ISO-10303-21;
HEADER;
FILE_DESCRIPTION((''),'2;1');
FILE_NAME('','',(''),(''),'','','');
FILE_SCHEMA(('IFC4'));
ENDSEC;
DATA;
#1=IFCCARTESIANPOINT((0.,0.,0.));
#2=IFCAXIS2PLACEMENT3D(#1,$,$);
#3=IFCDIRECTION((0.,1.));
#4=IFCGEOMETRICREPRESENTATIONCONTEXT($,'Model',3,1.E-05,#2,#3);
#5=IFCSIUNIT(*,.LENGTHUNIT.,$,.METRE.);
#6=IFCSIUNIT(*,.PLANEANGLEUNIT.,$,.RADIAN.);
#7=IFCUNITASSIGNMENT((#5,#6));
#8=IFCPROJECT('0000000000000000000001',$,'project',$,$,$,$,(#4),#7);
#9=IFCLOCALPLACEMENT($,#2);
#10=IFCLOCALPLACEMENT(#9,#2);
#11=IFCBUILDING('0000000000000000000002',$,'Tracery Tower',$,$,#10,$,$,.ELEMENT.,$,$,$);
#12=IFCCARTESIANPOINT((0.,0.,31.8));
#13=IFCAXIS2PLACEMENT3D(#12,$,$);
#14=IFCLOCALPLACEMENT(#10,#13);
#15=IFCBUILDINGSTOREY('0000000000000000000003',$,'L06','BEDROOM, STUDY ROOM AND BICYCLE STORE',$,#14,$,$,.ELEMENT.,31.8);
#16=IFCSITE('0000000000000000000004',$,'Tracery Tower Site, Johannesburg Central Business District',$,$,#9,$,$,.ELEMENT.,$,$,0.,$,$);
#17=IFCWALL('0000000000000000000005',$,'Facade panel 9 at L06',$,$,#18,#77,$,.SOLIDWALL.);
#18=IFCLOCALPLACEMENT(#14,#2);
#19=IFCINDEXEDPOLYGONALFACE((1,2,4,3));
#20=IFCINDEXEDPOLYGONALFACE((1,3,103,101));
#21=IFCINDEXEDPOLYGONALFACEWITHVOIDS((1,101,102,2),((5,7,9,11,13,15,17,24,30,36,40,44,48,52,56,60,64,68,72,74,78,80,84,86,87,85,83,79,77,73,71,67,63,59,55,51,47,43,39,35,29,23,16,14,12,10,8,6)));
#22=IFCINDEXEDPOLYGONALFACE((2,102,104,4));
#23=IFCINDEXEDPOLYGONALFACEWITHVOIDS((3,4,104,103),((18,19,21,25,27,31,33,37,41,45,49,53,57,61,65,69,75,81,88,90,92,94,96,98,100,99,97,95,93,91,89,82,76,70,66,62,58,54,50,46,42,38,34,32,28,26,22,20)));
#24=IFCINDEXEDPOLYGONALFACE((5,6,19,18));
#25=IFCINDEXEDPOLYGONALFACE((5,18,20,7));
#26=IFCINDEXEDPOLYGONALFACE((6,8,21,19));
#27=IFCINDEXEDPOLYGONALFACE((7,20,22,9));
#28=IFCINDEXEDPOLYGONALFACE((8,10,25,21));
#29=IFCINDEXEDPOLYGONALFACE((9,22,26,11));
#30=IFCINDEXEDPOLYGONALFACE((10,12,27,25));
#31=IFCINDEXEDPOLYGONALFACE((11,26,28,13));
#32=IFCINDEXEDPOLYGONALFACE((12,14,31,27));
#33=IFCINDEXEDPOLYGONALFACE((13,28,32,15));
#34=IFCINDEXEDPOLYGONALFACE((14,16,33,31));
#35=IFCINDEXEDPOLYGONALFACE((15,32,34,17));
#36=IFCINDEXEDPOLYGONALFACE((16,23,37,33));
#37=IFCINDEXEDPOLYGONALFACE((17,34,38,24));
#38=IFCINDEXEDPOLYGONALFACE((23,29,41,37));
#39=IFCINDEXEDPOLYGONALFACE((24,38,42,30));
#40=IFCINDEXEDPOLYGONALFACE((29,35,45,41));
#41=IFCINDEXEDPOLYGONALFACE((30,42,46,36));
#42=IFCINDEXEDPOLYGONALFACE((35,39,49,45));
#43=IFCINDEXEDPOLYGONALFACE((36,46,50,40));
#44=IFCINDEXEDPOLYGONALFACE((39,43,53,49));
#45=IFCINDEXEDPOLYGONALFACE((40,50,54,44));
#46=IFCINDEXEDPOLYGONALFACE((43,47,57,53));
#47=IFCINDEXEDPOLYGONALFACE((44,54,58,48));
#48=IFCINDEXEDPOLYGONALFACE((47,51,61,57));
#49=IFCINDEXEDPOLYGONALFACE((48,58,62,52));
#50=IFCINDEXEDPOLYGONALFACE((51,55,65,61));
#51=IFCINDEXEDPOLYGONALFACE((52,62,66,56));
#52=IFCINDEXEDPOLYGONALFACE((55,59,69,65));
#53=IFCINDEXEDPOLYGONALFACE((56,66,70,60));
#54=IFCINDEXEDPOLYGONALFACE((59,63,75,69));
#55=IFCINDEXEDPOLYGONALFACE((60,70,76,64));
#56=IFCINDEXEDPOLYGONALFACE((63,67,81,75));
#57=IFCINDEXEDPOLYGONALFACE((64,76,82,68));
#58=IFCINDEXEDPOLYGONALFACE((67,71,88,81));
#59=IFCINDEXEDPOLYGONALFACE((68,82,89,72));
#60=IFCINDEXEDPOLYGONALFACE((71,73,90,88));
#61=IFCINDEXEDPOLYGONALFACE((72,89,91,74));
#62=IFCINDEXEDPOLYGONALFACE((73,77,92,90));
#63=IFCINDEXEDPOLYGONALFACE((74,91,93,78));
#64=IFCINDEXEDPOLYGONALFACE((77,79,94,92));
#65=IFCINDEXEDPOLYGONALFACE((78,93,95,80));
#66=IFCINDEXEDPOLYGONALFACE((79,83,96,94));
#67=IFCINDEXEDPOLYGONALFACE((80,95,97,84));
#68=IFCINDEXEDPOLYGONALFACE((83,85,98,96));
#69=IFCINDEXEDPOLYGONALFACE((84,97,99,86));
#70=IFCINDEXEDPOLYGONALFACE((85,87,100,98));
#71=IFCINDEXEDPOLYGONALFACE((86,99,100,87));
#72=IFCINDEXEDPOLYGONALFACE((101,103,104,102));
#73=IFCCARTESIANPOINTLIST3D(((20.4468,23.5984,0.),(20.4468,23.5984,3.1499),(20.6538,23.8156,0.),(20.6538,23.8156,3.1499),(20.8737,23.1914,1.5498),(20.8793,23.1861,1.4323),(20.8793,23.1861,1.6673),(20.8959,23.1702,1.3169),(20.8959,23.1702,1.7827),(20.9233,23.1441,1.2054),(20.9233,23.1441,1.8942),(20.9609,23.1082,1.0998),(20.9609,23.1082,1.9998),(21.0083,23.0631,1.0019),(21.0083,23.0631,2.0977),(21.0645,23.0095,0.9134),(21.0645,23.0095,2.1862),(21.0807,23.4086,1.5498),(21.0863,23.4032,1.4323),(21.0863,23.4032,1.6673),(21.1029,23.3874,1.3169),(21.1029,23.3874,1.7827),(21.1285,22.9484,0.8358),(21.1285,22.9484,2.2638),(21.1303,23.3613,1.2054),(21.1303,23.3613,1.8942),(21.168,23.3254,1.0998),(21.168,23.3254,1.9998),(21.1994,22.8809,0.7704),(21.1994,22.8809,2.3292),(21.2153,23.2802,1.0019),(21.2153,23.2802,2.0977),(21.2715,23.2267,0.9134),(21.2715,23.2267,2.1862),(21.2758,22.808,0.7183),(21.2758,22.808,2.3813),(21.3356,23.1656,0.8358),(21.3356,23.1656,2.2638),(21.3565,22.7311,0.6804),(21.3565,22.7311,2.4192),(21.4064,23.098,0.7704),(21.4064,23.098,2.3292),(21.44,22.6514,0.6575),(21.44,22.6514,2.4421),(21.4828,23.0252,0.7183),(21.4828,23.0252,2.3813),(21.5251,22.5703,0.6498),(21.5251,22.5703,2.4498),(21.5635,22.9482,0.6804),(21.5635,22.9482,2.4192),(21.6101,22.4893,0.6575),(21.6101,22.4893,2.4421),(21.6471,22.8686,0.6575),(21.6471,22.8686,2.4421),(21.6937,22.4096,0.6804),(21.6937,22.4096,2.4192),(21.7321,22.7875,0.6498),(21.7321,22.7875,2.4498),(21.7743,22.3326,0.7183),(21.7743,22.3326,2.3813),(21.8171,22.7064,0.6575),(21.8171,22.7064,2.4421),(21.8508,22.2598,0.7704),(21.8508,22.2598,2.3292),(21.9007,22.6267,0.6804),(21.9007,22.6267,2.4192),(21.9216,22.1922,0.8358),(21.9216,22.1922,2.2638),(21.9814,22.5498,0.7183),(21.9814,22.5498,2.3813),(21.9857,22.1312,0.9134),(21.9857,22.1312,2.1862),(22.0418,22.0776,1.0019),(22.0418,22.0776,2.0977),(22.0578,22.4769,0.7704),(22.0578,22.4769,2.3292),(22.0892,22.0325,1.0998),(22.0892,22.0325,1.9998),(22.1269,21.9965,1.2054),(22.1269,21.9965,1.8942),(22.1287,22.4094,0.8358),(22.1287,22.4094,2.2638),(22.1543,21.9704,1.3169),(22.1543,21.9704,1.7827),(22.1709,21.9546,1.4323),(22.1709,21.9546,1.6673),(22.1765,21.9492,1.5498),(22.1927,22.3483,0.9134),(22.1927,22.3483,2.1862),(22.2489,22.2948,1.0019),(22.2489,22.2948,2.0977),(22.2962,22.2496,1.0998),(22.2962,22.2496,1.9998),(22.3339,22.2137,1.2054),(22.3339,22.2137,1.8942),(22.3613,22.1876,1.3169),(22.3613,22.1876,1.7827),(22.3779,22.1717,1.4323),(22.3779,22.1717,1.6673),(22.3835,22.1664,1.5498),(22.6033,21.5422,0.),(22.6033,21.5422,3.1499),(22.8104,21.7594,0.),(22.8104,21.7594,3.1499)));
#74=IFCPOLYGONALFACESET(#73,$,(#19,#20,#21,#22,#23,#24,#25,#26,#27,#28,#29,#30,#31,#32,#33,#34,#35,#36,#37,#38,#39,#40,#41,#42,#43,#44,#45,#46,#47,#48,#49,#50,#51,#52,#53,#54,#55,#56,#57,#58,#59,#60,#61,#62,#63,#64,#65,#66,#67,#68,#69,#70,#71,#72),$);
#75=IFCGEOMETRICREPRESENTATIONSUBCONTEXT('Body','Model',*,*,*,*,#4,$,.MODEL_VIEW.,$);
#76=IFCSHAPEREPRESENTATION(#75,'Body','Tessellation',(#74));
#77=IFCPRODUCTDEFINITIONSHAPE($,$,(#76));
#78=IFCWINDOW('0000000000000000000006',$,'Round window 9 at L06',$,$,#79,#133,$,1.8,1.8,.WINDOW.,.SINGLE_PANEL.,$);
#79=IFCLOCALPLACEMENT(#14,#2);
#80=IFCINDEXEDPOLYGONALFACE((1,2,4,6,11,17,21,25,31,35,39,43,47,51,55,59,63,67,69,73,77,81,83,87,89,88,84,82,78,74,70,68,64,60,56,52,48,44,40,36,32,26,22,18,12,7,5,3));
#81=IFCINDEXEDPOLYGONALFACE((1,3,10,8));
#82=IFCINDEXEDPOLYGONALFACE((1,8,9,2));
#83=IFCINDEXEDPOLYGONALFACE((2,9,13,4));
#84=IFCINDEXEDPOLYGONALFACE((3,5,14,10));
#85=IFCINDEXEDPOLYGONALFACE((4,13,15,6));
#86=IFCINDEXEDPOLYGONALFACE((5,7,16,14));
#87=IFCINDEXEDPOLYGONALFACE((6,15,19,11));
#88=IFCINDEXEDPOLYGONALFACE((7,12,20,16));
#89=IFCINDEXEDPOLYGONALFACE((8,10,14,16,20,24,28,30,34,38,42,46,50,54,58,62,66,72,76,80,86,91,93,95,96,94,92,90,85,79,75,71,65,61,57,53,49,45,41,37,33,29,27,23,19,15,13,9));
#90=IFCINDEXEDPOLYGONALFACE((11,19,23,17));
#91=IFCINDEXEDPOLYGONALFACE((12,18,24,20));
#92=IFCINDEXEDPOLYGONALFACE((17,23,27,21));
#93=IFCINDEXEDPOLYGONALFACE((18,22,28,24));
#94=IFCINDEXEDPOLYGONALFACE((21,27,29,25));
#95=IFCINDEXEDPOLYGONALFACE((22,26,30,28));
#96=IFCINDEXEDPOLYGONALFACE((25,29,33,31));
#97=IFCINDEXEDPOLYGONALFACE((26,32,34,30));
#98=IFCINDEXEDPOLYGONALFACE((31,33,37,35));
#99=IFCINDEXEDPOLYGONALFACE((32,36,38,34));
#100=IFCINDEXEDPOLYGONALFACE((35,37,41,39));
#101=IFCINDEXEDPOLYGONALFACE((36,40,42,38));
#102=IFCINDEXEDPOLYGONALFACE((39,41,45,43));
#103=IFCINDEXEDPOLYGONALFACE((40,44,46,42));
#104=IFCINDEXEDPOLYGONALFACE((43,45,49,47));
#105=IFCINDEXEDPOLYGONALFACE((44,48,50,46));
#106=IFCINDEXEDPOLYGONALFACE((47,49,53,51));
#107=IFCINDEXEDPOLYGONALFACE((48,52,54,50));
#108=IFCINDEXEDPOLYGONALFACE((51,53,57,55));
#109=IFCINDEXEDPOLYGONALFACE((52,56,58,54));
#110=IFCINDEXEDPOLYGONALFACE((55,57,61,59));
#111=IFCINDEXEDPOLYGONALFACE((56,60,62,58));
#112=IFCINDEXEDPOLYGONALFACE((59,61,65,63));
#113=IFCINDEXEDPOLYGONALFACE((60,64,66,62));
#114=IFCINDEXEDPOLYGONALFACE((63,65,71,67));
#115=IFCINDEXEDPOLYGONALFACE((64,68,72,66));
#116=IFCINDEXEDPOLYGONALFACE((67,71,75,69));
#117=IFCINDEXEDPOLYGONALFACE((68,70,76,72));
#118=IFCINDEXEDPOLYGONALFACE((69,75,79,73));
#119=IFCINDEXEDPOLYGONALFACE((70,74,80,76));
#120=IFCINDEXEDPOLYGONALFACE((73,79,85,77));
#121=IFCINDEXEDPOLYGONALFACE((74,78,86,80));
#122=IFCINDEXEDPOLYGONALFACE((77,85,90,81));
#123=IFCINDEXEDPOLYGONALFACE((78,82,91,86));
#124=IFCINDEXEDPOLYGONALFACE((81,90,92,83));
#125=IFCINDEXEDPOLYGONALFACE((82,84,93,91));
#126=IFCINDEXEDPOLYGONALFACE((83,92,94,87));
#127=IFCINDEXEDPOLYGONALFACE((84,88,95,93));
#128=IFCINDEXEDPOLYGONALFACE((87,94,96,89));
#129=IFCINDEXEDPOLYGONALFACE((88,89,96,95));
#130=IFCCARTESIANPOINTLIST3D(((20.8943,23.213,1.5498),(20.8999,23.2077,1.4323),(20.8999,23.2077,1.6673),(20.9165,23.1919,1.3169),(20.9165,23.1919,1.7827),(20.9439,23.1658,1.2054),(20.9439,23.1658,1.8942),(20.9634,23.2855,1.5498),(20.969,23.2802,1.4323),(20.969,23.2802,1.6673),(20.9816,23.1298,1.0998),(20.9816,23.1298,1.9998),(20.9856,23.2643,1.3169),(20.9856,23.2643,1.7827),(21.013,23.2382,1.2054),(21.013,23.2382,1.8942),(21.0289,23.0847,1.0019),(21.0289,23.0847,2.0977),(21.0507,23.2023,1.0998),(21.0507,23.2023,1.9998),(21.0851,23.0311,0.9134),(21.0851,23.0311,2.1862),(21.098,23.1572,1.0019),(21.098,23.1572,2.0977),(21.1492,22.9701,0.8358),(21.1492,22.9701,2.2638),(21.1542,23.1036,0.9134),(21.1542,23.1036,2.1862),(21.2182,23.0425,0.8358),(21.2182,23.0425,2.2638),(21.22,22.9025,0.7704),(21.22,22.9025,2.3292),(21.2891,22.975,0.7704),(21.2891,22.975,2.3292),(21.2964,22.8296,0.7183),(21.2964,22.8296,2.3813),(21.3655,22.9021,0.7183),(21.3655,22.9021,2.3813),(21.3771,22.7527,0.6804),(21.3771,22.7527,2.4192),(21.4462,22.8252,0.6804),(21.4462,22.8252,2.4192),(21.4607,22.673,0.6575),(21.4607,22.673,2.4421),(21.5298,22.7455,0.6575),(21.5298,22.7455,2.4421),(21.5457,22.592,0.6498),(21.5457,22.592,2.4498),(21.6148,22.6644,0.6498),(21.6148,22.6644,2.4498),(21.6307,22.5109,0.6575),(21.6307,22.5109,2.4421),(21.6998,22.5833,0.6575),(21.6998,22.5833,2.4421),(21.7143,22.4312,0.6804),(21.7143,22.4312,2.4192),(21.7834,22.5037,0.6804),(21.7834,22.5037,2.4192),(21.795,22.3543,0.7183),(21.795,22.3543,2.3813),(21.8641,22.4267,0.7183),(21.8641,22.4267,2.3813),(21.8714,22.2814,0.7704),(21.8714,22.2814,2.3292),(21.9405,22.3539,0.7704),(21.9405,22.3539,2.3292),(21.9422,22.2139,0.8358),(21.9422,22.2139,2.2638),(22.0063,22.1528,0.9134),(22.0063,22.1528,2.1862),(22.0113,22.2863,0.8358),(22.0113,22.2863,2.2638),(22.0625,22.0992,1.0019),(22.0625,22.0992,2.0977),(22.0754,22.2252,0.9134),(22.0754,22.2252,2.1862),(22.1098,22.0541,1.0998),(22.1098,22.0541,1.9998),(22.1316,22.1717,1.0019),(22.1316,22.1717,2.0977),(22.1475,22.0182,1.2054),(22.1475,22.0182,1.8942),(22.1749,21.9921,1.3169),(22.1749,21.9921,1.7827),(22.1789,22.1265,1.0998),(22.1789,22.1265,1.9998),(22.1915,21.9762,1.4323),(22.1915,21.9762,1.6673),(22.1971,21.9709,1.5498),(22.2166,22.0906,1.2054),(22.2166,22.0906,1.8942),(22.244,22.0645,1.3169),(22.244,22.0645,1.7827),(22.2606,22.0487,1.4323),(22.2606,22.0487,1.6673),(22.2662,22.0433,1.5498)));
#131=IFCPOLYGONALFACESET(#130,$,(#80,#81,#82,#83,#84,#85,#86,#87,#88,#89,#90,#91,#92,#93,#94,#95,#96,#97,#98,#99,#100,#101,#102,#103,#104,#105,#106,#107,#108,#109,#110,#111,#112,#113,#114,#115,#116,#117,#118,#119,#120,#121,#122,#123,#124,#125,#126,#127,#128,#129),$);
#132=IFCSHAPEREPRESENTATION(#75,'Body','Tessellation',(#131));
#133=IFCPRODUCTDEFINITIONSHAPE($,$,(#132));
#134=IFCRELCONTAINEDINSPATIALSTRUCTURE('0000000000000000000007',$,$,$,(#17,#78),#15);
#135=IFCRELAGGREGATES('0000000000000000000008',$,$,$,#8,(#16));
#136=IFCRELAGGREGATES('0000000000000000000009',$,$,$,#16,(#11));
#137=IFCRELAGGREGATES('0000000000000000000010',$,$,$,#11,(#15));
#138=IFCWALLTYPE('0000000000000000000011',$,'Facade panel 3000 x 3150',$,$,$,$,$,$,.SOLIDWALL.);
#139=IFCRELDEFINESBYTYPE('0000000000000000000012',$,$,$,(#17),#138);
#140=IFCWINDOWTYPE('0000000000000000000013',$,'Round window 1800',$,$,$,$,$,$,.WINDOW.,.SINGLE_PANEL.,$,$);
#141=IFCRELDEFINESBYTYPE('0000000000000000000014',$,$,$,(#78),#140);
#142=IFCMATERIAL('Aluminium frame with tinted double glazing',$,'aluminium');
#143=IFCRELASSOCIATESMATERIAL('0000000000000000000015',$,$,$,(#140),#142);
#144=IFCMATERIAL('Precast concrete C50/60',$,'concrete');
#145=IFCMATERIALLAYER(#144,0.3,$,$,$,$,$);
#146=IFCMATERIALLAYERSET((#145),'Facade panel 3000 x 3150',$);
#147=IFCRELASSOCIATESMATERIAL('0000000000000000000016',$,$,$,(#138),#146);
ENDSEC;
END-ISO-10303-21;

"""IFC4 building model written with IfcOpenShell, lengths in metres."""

from ifc_helpers import new_model, si_unit, direction, frame, frame_2d, origin, origin_2d, place, context, subcontext, project, spatial, rectangle, circle, extrude, material, layer, layer_set, type_object, element, fill, save


model = new_model("IFC4")

# Units and contexts
model_context = context("Model", 3, precision=1e-05, world=origin(), true_north=direction((0.0, 1.0)))
body_context = subcontext(model_context, "Body", "Model", "MODEL_VIEW")
ifc_project = project(units=[si_unit("LENGTHUNIT", "METRE"), si_unit("PLANEANGLEUNIT", "RADIAN")], contexts=[model_context])

# Site, building, storey
site_placement = place(None, origin())
site = spatial("IfcSite", under=ifc_project, at=site_placement, Name="Tracery Tower Site, Johannesburg Central Business District", CompositionType="ELEMENT", RefElevation=0.0)
building_placement = place(site_placement, origin())
building = spatial("IfcBuilding", under=site, at=building_placement, Name="Tracery Tower", CompositionType="ELEMENT")
storey_placement = place(building_placement, frame((0.0, 0.0, 31.8)))
storey = spatial("IfcBuildingStorey", under=building, at=storey_placement, Name="L06", Description="BEDROOM, STUDY ROOM AND BICYCLE STORE", CompositionType="ELEMENT", Elevation=31.8)

# Wall, opening, window
ifc_material_1 = material(Name="Aluminium frame with tinted double glazing", Category="aluminium")
window_type = type_object("IfcWindowType", Name="Round window 1800", PartitioningType="SINGLE_PANEL", PredefinedType="WINDOW", material=ifc_material_1)
ifc_material_2 = material(Name="Precast concrete C50/60", Category="concrete")
ifc_layer_1 = layer(ifc_material_2, 0.3)
ifc_layer_set_1 = layer_set([ifc_layer_1], Name="Facade panel 3000 x 3150")
wall_type_1 = type_object("IfcWallType", Name="Facade panel 3000 x 3150", PredefinedType="SOLIDWALL", material=ifc_layer_set_1)
wall_1_placement = place(storey_placement, frame((22.7068, 21.6509, 0.0), z_axis=(0.0, 0.0, 1.0), x_axis=(-0.723744, 0.690068, 0.0)))
wall_1 = element("IfcWall", 1, at=wall_1_placement, inside=storey, type_object=wall_type_1, Name="Facade panel 9 at L06", PredefinedType="SOLIDWALL", context=body_context, shape_type="SweptSolid", body=[
    extrude(rectangle(XDim=2.9797, YDim=0.3, at=frame_2d((1.4897, 0.0))), origin(), (0.0, 0.0, 1.0), 3.1499),
])
opening_1_placement = place(wall_1_placement, frame((1.4897, 0.0, 1.5498)))
opening_1 = element("IfcOpeningElement", 2, at=opening_1_placement, cuts=wall_1, PredefinedType="OPENING", context=body_context, shape_type="SweptSolid", body=[
    extrude(circle(Radius=0.9, at=origin_2d()), frame((0.0, 0.1599, 0.0), z_axis=(0.0, -1.0, 0.0), x_axis=(1.0, 0.0, 0.0)), (0.0, 0.0, 1.0), 0.3201),
])
window_1_placement = place(opening_1_placement, origin())
window_1 = element("IfcWindow", 3, at=window_1_placement, inside=storey, type_object=window_type, Name="Round window 9 at L06", OverallHeight=1.8, OverallWidth=1.8, PartitioningType="SINGLE_PANEL", PredefinedType="WINDOW", context=body_context, shape_type="SweptSolid", body=[
    extrude(circle(Radius=0.9, at=origin_2d()), frame((0.0, 0.1201, 0.0), z_axis=(0.0, -1.0, 0.0), x_axis=(1.0, 0.0, 0.0)), (0.0, 0.0, 1.0), 0.1001),
])
fill(opening_1, window_1)

save(model, "model.ifc")
